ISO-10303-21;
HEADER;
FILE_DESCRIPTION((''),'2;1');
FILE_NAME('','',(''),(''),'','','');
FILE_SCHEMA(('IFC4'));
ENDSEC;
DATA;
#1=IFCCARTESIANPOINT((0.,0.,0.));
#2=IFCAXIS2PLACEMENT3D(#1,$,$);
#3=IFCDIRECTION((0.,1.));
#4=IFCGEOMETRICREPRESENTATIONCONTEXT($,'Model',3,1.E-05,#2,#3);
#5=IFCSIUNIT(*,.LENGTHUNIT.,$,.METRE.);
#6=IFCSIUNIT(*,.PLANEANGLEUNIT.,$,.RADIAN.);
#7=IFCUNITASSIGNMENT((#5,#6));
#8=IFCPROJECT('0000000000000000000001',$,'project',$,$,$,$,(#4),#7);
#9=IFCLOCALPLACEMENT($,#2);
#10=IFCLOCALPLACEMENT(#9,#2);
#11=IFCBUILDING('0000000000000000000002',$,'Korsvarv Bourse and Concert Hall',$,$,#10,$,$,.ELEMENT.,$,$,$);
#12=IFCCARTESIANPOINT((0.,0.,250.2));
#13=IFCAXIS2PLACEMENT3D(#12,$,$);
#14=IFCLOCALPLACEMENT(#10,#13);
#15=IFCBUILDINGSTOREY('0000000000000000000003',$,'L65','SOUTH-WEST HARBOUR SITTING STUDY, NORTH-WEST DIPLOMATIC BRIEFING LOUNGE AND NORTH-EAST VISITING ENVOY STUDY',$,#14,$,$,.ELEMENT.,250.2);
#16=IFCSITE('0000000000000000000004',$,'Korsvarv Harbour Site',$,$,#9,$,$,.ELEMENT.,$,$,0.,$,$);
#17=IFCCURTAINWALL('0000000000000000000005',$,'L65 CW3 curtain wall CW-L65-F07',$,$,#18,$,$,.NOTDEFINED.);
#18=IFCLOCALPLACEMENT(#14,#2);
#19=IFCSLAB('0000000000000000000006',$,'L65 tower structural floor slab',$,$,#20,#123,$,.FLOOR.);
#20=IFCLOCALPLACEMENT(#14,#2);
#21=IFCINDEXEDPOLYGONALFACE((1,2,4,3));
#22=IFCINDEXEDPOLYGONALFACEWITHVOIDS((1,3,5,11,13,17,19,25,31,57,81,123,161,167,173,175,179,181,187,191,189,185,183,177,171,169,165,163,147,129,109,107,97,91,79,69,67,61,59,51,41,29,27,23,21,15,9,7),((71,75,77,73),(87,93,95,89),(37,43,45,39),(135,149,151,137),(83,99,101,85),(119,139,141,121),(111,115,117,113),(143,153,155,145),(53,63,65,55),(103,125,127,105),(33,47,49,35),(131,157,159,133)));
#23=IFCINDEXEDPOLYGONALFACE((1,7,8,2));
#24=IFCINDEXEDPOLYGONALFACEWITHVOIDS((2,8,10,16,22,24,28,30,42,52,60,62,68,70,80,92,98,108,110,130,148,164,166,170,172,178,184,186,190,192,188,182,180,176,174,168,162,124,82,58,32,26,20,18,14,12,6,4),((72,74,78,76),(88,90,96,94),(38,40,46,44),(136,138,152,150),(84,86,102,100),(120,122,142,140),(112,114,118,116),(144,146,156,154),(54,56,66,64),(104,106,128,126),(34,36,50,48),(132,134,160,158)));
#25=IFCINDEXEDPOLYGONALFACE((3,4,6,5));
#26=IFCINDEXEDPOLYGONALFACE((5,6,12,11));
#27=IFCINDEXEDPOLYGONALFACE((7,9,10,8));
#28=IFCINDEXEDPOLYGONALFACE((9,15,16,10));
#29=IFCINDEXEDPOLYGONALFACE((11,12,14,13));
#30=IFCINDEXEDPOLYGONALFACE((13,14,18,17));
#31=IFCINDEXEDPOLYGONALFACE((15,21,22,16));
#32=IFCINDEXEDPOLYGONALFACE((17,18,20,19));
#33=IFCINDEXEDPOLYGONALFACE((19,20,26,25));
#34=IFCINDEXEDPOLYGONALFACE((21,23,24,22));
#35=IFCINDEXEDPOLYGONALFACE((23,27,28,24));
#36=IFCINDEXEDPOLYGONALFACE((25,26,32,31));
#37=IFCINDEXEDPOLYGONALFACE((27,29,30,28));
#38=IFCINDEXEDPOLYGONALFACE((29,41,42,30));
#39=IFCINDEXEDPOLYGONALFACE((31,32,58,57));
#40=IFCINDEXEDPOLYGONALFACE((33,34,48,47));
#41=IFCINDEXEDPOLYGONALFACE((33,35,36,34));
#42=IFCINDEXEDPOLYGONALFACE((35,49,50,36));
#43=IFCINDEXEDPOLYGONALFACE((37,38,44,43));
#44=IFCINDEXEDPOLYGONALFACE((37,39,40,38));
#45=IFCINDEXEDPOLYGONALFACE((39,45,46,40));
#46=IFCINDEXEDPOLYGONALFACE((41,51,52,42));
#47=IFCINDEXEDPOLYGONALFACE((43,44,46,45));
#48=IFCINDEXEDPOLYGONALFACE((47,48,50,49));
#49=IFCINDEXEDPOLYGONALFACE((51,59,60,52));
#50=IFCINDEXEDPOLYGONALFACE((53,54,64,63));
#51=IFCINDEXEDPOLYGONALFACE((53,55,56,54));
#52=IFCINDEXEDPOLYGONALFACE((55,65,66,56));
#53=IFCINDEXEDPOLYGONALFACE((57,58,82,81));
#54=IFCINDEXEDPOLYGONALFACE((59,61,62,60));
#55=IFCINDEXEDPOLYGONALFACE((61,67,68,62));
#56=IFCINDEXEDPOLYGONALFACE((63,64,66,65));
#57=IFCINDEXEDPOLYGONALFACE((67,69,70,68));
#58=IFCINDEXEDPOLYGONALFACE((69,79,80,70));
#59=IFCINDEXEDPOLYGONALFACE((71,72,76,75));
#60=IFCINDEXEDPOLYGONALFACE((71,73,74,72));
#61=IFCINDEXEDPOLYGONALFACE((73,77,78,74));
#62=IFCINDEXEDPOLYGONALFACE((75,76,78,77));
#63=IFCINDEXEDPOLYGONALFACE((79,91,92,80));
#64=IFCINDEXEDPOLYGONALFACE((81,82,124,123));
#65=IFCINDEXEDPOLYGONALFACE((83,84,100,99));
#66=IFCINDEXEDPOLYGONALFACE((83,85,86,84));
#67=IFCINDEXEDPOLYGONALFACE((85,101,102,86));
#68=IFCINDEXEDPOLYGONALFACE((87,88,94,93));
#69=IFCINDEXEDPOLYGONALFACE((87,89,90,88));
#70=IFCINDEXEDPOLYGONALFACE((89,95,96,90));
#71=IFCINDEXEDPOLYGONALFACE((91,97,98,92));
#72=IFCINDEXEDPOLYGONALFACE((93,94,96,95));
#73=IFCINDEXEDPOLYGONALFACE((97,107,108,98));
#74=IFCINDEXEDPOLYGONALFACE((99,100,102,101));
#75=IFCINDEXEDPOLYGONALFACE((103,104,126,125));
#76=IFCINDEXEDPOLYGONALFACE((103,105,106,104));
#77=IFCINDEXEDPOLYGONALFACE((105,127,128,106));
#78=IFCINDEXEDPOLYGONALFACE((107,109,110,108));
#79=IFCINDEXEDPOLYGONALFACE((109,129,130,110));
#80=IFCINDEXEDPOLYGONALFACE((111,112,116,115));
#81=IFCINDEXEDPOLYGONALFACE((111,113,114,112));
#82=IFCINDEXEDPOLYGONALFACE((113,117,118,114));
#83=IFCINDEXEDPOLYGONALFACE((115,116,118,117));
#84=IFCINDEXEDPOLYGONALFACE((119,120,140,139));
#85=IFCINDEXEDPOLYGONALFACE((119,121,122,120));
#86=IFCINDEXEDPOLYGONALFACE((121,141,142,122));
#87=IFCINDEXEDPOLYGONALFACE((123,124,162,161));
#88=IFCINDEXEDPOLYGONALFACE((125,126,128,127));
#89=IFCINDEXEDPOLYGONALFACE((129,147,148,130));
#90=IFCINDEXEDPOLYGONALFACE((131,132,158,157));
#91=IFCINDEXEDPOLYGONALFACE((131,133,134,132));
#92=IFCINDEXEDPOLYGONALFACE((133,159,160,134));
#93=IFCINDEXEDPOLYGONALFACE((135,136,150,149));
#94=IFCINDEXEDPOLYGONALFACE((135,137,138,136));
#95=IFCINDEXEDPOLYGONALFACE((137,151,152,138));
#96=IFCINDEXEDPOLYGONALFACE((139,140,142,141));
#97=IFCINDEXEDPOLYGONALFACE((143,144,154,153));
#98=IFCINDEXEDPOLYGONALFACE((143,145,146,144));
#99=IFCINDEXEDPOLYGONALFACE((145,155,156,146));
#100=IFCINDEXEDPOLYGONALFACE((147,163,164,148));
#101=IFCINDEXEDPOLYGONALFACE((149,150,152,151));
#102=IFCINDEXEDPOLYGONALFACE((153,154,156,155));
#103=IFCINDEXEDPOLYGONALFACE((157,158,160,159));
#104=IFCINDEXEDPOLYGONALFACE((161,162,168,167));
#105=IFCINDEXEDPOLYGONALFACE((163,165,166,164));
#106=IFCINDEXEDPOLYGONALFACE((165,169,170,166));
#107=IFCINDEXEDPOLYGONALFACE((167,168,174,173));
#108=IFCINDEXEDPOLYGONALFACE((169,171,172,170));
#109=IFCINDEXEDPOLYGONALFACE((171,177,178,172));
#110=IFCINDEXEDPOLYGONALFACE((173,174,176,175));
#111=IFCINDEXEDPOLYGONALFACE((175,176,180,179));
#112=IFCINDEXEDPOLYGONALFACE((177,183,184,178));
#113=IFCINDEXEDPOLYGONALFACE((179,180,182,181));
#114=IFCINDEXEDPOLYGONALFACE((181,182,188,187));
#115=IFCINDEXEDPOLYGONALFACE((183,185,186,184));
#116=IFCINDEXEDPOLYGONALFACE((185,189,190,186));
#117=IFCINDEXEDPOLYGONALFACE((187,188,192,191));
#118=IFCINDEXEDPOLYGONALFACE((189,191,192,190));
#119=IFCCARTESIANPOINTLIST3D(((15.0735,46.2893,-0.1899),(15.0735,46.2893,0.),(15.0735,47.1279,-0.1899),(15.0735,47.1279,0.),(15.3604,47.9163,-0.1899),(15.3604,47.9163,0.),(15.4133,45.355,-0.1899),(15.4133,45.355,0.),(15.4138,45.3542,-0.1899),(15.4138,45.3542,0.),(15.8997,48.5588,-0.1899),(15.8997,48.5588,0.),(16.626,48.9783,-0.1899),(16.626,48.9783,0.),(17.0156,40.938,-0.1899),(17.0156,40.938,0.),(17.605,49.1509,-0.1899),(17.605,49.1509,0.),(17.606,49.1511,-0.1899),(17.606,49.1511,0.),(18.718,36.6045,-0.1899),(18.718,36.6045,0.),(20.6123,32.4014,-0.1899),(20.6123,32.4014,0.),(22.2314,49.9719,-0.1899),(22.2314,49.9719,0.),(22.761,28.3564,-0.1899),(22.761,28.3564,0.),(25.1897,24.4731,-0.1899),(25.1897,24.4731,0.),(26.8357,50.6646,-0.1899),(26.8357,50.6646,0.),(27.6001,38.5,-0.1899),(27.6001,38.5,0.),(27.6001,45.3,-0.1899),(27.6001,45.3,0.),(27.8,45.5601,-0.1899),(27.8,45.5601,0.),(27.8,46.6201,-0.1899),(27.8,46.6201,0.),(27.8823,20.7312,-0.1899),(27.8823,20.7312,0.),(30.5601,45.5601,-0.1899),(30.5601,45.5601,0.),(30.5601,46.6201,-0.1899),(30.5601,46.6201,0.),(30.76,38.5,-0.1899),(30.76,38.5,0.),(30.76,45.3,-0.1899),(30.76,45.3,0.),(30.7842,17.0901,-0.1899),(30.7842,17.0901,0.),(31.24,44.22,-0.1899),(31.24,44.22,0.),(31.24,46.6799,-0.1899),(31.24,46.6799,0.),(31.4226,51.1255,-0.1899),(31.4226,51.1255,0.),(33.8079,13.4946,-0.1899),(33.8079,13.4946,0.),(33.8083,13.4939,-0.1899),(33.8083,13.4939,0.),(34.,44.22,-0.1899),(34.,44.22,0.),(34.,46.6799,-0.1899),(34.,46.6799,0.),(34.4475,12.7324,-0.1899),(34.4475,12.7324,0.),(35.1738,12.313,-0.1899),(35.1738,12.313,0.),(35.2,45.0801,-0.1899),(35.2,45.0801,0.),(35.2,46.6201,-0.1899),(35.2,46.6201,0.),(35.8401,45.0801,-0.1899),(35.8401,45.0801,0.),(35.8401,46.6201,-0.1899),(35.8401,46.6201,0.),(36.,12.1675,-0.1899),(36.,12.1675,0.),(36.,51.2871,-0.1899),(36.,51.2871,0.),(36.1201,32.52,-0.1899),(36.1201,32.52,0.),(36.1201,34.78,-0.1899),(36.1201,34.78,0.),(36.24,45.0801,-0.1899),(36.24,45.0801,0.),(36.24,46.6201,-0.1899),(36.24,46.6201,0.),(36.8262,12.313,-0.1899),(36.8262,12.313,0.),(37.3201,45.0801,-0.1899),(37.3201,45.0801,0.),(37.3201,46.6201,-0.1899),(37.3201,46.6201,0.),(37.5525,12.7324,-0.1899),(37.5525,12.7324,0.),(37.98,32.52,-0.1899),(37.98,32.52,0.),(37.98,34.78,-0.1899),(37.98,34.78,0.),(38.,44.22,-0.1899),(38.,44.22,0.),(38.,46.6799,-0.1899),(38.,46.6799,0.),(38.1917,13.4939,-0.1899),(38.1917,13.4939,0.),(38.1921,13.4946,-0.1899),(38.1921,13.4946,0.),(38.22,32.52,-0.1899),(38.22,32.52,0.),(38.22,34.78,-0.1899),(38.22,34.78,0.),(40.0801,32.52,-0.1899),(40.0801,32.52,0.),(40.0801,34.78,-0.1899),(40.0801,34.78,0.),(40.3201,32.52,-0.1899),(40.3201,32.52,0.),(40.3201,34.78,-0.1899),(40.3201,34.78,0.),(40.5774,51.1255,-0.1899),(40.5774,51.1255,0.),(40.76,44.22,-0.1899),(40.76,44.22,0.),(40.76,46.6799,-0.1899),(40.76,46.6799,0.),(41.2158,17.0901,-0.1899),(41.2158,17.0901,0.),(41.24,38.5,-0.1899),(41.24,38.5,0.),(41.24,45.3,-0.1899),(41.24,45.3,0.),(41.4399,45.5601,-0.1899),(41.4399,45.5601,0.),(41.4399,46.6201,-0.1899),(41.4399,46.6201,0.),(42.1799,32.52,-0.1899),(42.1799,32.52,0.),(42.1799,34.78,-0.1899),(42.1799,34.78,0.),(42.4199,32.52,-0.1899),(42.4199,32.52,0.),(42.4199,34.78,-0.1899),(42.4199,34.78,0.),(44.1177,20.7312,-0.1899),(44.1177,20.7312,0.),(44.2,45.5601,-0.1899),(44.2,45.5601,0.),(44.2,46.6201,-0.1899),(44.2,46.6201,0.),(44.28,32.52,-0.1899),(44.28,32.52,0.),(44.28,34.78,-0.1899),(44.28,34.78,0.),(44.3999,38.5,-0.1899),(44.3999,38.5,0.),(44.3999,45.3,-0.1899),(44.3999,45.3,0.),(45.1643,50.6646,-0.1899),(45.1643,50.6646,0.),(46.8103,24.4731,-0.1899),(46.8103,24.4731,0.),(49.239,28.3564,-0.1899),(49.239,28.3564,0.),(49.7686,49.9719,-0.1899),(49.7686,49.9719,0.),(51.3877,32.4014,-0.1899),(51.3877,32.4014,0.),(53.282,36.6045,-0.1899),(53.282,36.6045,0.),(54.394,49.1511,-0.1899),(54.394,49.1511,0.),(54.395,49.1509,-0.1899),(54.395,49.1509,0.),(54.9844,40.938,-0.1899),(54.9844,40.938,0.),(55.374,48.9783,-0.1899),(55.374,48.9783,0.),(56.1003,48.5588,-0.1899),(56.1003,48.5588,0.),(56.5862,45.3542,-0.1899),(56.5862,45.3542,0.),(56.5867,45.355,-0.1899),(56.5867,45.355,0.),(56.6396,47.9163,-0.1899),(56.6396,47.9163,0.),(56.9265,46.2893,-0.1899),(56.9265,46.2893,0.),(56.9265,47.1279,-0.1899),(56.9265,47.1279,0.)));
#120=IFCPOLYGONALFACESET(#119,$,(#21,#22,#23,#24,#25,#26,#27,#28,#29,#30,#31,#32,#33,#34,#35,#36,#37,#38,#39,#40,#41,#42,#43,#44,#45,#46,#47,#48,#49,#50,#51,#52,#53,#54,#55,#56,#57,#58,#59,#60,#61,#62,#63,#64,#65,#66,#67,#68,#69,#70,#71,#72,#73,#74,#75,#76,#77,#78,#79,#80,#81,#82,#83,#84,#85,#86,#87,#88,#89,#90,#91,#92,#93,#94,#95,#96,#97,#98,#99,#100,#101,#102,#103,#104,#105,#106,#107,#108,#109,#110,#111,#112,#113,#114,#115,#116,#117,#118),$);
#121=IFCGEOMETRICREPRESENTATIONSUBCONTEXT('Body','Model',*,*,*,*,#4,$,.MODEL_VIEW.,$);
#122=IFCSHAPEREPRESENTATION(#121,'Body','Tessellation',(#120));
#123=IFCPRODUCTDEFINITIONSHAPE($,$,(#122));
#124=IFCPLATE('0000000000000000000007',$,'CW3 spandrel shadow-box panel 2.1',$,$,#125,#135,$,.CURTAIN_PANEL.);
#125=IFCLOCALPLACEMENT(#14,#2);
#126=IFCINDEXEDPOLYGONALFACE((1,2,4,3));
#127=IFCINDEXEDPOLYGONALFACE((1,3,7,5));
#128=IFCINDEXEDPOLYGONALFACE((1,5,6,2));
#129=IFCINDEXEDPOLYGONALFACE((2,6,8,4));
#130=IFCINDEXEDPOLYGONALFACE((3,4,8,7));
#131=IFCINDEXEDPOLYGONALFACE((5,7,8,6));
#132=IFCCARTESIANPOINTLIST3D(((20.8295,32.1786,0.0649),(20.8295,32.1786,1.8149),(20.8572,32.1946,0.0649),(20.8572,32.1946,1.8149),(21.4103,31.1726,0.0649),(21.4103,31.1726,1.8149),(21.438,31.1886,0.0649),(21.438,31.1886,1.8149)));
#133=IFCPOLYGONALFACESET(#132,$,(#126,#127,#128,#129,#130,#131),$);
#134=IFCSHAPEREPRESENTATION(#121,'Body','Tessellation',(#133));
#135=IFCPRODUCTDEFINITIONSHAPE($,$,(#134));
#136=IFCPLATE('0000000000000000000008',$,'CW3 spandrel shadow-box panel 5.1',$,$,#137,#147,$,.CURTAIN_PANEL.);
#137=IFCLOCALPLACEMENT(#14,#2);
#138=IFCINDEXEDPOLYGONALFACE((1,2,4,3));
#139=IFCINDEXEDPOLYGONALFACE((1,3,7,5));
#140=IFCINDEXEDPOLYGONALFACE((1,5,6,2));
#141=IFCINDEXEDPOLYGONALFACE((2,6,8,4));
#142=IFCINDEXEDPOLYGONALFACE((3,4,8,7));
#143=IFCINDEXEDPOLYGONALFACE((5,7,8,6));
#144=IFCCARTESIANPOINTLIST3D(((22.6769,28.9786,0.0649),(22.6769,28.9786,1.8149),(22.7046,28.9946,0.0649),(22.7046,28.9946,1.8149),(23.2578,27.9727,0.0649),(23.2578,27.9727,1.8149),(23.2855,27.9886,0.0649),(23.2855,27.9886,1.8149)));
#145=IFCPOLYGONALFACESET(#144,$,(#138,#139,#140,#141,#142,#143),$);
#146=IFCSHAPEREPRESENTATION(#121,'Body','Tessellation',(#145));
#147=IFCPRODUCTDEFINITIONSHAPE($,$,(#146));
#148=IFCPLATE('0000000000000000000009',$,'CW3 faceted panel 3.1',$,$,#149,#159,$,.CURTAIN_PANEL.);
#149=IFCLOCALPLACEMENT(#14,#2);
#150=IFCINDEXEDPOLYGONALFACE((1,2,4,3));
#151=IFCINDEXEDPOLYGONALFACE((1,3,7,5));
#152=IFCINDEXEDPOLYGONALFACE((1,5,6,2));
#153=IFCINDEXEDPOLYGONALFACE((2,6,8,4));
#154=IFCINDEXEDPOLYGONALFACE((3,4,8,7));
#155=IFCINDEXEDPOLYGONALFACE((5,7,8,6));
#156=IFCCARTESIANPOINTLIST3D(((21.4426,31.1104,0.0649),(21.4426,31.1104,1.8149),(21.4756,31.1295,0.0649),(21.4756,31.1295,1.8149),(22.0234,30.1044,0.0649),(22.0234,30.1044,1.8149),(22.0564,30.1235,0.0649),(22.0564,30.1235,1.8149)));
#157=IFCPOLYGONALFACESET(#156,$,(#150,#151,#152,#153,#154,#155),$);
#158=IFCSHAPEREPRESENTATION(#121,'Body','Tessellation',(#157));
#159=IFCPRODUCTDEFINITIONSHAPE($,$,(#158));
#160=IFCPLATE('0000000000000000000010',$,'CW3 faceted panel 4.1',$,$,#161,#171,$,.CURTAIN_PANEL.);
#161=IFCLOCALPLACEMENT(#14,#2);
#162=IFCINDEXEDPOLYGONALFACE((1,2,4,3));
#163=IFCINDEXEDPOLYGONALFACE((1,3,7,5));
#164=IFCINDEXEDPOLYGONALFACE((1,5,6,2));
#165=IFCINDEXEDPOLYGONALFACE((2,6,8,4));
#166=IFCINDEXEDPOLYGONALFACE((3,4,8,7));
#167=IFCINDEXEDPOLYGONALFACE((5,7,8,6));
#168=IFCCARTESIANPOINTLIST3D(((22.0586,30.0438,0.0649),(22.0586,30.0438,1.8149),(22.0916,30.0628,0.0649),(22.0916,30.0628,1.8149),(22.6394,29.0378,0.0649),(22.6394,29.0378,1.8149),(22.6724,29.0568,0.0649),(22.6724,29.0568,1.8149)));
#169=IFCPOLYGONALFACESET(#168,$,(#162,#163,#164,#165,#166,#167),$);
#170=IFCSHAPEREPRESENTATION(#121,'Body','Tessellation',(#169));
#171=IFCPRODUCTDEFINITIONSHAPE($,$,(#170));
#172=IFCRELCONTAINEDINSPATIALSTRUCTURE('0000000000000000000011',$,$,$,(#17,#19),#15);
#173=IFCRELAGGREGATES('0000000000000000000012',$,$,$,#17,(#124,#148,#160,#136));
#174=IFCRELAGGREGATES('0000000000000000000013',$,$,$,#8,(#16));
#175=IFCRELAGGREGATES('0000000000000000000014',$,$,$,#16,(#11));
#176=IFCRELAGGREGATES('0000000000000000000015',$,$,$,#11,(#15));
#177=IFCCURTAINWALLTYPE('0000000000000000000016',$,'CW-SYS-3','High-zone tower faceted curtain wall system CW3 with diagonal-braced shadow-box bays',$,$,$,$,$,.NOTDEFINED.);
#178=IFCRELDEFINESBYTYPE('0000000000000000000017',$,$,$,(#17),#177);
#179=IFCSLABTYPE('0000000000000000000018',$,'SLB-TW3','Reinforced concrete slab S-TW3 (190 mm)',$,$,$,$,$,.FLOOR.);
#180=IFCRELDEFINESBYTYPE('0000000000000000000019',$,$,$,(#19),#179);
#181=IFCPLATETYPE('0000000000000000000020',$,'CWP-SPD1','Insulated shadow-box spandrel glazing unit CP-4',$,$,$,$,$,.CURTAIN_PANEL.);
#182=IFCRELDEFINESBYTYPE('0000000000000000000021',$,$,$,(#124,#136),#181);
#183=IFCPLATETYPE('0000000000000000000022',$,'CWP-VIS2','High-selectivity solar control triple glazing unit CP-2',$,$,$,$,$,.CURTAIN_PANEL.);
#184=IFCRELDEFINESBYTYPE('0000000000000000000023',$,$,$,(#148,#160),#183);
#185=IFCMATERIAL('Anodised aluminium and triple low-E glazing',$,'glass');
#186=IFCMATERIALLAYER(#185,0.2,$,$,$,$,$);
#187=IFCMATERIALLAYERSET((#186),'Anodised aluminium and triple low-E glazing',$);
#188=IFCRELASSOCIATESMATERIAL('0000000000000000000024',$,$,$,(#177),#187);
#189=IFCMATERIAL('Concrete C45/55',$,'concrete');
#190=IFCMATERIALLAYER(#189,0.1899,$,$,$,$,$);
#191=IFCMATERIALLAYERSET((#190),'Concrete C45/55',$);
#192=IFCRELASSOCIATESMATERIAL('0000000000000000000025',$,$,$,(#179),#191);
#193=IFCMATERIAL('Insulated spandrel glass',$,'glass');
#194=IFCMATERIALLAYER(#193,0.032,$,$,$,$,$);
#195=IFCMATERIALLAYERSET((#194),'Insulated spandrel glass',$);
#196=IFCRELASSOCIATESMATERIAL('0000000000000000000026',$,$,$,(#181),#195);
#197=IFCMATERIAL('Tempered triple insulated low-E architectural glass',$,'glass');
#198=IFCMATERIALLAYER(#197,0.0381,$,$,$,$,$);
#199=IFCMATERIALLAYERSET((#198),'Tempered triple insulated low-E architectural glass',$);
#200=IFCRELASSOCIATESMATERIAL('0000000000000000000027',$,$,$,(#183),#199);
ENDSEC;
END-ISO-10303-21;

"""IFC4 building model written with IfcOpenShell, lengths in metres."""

from ifc_helpers import new_model, si_unit, direction, frame, origin, origin_2d, place, context, subcontext, project, spatial, polyline, rectangle, outline, extrude, source, transform, mapped, material, layer, layer_set, type_object, element, aggregate, save


model = new_model("IFC4")

# Units and contexts
model_context = context("Model", 3, precision=1e-05, world=origin(), true_north=direction((0.0, 1.0)))
body_context = subcontext(model_context, "Body", "Model", "MODEL_VIEW")
ifc_project = project(units=[si_unit("LENGTHUNIT", "METRE"), si_unit("PLANEANGLEUNIT", "RADIAN")], contexts=[model_context])

# Site, building, storey
site_placement = place(None, origin())
site = spatial("IfcSite", under=ifc_project, at=site_placement, Name="Korsvarv Harbour Site", CompositionType="ELEMENT", RefElevation=0.0)
building_placement = place(site_placement, origin())
building = spatial("IfcBuilding", under=site, at=building_placement, Name="Korsvarv Bourse and Concert Hall", CompositionType="ELEMENT")
storey_placement = place(building_placement, frame((0.0, 0.0, 250.2)))
storey = spatial("IfcBuildingStorey", under=building, at=storey_placement, Name="L65", Description="SOUTH-WEST HARBOUR SITTING STUDY, NORTH-WEST DIPLOMATIC BRIEFING LOUNGE AND NORTH-EAST VISITING ENVOY STUDY", CompositionType="ELEMENT", Elevation=250.2)

# Curtain wall
ifc_material_1 = material(Name="Anodised aluminium and triple low-E glazing", Category="glass")
ifc_layer_1 = layer(ifc_material_1, 0.2)
ifc_layer_set_1 = layer_set([ifc_layer_1], Name="Anodised aluminium and triple low-E glazing")
curtain_wall_type = type_object("IfcCurtainWallType", Name="CW-SYS-3", Description="High-zone tower faceted curtain wall system CW3 with diagonal-braced shadow-box bays", PredefinedType="NOTDEFINED", material=ifc_layer_set_1)
curtain_wall_placement = place(storey_placement, origin())
curtain_wall = element("IfcCurtainWall", 1, at=curtain_wall_placement, inside=storey, type_object=curtain_wall_type, Name="L65 CW3 curtain wall CW-L65-F07", PredefinedType="NOTDEFINED")

# Slab
ifc_material_2 = material(Name="Concrete C45/55", Category="concrete")
ifc_layer_2 = layer(ifc_material_2, 0.1899)
ifc_layer_set_2 = layer_set([ifc_layer_2], Name="Concrete C45/55")
slab_type_1 = type_object("IfcSlabType", Name="SLB-TW3", Description="Reinforced concrete slab S-TW3 (190 mm)", PredefinedType="FLOOR", material=ifc_layer_set_2)
slab_1_placement = place(storey_placement, frame((0.0, 0.0, -0.1899)))
element("IfcSlab", 2, at=slab_1_placement, inside=storey, type_object=slab_type_1, Name="L65 tower structural floor slab", PredefinedType="FLOOR", context=body_context, shape_type="SweptSolid", body=[
    extrude(outline(polyline([(56.5862, 45.3542), (54.9844, 40.938), (53.282, 36.6045), (51.3877, 32.4014), (49.239, 28.3564), (46.8103, 24.4731), (44.1177, 20.7312), (41.2158, 17.0901), (38.1921, 13.4946), (38.1917, 13.4939), (37.5525, 12.7324), (36.8262, 12.313), (36.0, 12.1675), (35.1738, 12.313), (34.4475, 12.7324), (33.8083, 13.4939), (33.8079, 13.4946), (30.7842, 17.0901), (27.8823, 20.7312), (25.1897, 24.4731), (22.761, 28.3564), (20.6123, 32.4014), (18.718, 36.6045), (17.0156, 40.938), (15.4138, 45.3542), (15.4133, 45.355), (15.0735, 46.2893), (15.0735, 47.1279), (15.3604, 47.9163), (15.8997, 48.5588), (16.626, 48.9783), (17.605, 49.1509), (17.606, 49.1511), (22.2314, 49.9719), (26.8357, 50.6646), (31.4226, 51.1255), (36.0, 51.2871), (40.5774, 51.1255), (45.1643, 50.6646), (49.7686, 49.9719), (54.394, 49.1511), (54.395, 49.1509), (55.374, 48.9783), (56.1003, 48.5588), (56.6396, 47.9163), (56.9265, 47.1279), (56.9265, 46.2893), (56.5867, 45.355), (56.5862, 45.3542)]), holes=[polyline([(30.76, 38.5), (30.76, 45.3), (27.6001, 45.3), (27.6001, 38.5), (30.76, 38.5)]), polyline([(44.3999, 38.5), (44.3999, 45.3), (41.24, 45.3), (41.24, 38.5), (44.3999, 38.5)]), polyline([(31.24, 44.22), (34.0, 44.22), (34.0, 46.6799), (31.24, 46.6799), (31.24, 44.22)]), polyline([(38.0, 44.22), (40.76, 44.22), (40.76, 46.6799), (38.0, 46.6799), (38.0, 44.22)]), polyline([(36.1201, 32.52), (37.98, 32.52), (37.98, 34.78), (36.1201, 34.78), (36.1201, 32.52)]), polyline([(38.22, 32.52), (40.0801, 32.52), (40.0801, 34.78), (38.22, 34.78), (38.22, 32.52)]), polyline([(40.3201, 32.52), (42.1799, 32.52), (42.1799, 34.78), (40.3201, 34.78), (40.3201, 32.52)]), polyline([(42.4199, 32.52), (44.28, 32.52), (44.28, 34.78), (42.4199, 34.78), (42.4199, 32.52)]), polyline([(27.8, 45.5601), (30.5601, 45.5601), (30.5601, 46.6201), (27.8, 46.6201), (27.8, 45.5601)]), polyline([(41.4399, 45.5601), (44.2, 45.5601), (44.2, 46.6201), (41.4399, 46.6201), (41.4399, 45.5601)]), polyline([(35.2, 45.0801), (35.8401, 45.0801), (35.8401, 46.6201), (35.2, 46.6201), (35.2, 45.0801)]), polyline([(36.24, 45.0801), (37.3201, 45.0801), (37.3201, 46.6201), (36.24, 46.6201), (36.24, 45.0801)])]), origin(), (0.0, 0.0, 1.0), 0.1899),
])

# Plates
ifc_material_3 = material(Name="Insulated spandrel glass", Category="glass")
ifc_layer_3 = layer(ifc_material_3, 0.032)
ifc_layer_set_3 = layer_set([ifc_layer_3], Name="Insulated spandrel glass")
plate_type_1 = type_object("IfcPlateType", Name="CWP-SPD1", Description="Insulated shadow-box spandrel glazing unit CP-4", PredefinedType="CURTAIN_PANEL", material=ifc_layer_set_3)
shared_shape_1 = source(origin(), body_context, "Body", "SweptSolid", [
    extrude(rectangle(XDim=1.1616, YDim=0.032, at=origin_2d()), origin(), (0.0, 0.0, 1.0), 1.75),
])
plate_1_placement = place(storey_placement, frame((21.1338, 31.6836, 0.0649), z_axis=(0.0, 0.0, 1.0), x_axis=(0.500006, -0.866022, 0.0)))
plate_1 = element("IfcPlate", 3, at=plate_1_placement, type_object=plate_type_1, Name="CW3 spandrel shadow-box panel 2.1", PredefinedType="CURTAIN_PANEL", context=body_context, shape_type="MappedRepresentation", body=[
    mapped(shared_shape_1, transform((0.0, 0.0, 0.0), scale=1.0)),
])
plate_2_placement = place(storey_placement, frame((22.9812, 28.4836, 0.0649), z_axis=(0.0, 0.0, 1.0), x_axis=(0.500006, -0.866022, 0.0)))
plate_2 = element("IfcPlate", 4, at=plate_2_placement, type_object=plate_type_1, Name="CW3 spandrel shadow-box panel 5.1", PredefinedType="CURTAIN_PANEL", context=body_context, shape_type="MappedRepresentation", body=[
    mapped(shared_shape_1, transform((0.0, 0.0, 0.0), scale=1.0)),
])
ifc_material_4 = material(Name="Tempered triple insulated low-E architectural glass", Category="glass")
ifc_layer_4 = layer(ifc_material_4, 0.0381)
ifc_layer_set_4 = layer_set([ifc_layer_4], Name="Tempered triple insulated low-E architectural glass")
plate_type_2 = type_object("IfcPlateType", Name="CWP-VIS2", Description="High-selectivity solar control triple glazing unit CP-2", PredefinedType="CURTAIN_PANEL", material=ifc_layer_set_4)
shared_shape_2 = source(origin(), body_context, "Body", "SweptSolid", [
    extrude(rectangle(XDim=1.1616, YDim=0.0381, at=origin_2d()), origin(), (0.0, 0.0, 1.0), 1.75),
])
plate_3_placement = place(storey_placement, frame((21.7495, 30.6169, 0.0649), z_axis=(0.0, 0.0, 1.0), x_axis=(0.500006, -0.866022, 0.0)))
plate_3 = element("IfcPlate", 5, at=plate_3_placement, type_object=plate_type_2, Name="CW3 faceted panel 3.1", PredefinedType="CURTAIN_PANEL", context=body_context, shape_type="MappedRepresentation", body=[
    mapped(shared_shape_2, transform((0.0, 0.0, 0.0), scale=1.0)),
])
plate_4_placement = place(storey_placement, frame((22.3655, 29.5503, 0.0649), z_axis=(0.0, 0.0, 1.0), x_axis=(0.500006, -0.866022, 0.0)))
plate_4 = element("IfcPlate", 6, at=plate_4_placement, type_object=plate_type_2, Name="CW3 faceted panel 4.1", PredefinedType="CURTAIN_PANEL", context=body_context, shape_type="MappedRepresentation", body=[
    mapped(shared_shape_2, transform((0.0, 0.0, 0.0), scale=1.0)),
])
aggregate(curtain_wall, [plate_1, plate_3, plate_4, plate_2])

save(model, "model.ifc")
